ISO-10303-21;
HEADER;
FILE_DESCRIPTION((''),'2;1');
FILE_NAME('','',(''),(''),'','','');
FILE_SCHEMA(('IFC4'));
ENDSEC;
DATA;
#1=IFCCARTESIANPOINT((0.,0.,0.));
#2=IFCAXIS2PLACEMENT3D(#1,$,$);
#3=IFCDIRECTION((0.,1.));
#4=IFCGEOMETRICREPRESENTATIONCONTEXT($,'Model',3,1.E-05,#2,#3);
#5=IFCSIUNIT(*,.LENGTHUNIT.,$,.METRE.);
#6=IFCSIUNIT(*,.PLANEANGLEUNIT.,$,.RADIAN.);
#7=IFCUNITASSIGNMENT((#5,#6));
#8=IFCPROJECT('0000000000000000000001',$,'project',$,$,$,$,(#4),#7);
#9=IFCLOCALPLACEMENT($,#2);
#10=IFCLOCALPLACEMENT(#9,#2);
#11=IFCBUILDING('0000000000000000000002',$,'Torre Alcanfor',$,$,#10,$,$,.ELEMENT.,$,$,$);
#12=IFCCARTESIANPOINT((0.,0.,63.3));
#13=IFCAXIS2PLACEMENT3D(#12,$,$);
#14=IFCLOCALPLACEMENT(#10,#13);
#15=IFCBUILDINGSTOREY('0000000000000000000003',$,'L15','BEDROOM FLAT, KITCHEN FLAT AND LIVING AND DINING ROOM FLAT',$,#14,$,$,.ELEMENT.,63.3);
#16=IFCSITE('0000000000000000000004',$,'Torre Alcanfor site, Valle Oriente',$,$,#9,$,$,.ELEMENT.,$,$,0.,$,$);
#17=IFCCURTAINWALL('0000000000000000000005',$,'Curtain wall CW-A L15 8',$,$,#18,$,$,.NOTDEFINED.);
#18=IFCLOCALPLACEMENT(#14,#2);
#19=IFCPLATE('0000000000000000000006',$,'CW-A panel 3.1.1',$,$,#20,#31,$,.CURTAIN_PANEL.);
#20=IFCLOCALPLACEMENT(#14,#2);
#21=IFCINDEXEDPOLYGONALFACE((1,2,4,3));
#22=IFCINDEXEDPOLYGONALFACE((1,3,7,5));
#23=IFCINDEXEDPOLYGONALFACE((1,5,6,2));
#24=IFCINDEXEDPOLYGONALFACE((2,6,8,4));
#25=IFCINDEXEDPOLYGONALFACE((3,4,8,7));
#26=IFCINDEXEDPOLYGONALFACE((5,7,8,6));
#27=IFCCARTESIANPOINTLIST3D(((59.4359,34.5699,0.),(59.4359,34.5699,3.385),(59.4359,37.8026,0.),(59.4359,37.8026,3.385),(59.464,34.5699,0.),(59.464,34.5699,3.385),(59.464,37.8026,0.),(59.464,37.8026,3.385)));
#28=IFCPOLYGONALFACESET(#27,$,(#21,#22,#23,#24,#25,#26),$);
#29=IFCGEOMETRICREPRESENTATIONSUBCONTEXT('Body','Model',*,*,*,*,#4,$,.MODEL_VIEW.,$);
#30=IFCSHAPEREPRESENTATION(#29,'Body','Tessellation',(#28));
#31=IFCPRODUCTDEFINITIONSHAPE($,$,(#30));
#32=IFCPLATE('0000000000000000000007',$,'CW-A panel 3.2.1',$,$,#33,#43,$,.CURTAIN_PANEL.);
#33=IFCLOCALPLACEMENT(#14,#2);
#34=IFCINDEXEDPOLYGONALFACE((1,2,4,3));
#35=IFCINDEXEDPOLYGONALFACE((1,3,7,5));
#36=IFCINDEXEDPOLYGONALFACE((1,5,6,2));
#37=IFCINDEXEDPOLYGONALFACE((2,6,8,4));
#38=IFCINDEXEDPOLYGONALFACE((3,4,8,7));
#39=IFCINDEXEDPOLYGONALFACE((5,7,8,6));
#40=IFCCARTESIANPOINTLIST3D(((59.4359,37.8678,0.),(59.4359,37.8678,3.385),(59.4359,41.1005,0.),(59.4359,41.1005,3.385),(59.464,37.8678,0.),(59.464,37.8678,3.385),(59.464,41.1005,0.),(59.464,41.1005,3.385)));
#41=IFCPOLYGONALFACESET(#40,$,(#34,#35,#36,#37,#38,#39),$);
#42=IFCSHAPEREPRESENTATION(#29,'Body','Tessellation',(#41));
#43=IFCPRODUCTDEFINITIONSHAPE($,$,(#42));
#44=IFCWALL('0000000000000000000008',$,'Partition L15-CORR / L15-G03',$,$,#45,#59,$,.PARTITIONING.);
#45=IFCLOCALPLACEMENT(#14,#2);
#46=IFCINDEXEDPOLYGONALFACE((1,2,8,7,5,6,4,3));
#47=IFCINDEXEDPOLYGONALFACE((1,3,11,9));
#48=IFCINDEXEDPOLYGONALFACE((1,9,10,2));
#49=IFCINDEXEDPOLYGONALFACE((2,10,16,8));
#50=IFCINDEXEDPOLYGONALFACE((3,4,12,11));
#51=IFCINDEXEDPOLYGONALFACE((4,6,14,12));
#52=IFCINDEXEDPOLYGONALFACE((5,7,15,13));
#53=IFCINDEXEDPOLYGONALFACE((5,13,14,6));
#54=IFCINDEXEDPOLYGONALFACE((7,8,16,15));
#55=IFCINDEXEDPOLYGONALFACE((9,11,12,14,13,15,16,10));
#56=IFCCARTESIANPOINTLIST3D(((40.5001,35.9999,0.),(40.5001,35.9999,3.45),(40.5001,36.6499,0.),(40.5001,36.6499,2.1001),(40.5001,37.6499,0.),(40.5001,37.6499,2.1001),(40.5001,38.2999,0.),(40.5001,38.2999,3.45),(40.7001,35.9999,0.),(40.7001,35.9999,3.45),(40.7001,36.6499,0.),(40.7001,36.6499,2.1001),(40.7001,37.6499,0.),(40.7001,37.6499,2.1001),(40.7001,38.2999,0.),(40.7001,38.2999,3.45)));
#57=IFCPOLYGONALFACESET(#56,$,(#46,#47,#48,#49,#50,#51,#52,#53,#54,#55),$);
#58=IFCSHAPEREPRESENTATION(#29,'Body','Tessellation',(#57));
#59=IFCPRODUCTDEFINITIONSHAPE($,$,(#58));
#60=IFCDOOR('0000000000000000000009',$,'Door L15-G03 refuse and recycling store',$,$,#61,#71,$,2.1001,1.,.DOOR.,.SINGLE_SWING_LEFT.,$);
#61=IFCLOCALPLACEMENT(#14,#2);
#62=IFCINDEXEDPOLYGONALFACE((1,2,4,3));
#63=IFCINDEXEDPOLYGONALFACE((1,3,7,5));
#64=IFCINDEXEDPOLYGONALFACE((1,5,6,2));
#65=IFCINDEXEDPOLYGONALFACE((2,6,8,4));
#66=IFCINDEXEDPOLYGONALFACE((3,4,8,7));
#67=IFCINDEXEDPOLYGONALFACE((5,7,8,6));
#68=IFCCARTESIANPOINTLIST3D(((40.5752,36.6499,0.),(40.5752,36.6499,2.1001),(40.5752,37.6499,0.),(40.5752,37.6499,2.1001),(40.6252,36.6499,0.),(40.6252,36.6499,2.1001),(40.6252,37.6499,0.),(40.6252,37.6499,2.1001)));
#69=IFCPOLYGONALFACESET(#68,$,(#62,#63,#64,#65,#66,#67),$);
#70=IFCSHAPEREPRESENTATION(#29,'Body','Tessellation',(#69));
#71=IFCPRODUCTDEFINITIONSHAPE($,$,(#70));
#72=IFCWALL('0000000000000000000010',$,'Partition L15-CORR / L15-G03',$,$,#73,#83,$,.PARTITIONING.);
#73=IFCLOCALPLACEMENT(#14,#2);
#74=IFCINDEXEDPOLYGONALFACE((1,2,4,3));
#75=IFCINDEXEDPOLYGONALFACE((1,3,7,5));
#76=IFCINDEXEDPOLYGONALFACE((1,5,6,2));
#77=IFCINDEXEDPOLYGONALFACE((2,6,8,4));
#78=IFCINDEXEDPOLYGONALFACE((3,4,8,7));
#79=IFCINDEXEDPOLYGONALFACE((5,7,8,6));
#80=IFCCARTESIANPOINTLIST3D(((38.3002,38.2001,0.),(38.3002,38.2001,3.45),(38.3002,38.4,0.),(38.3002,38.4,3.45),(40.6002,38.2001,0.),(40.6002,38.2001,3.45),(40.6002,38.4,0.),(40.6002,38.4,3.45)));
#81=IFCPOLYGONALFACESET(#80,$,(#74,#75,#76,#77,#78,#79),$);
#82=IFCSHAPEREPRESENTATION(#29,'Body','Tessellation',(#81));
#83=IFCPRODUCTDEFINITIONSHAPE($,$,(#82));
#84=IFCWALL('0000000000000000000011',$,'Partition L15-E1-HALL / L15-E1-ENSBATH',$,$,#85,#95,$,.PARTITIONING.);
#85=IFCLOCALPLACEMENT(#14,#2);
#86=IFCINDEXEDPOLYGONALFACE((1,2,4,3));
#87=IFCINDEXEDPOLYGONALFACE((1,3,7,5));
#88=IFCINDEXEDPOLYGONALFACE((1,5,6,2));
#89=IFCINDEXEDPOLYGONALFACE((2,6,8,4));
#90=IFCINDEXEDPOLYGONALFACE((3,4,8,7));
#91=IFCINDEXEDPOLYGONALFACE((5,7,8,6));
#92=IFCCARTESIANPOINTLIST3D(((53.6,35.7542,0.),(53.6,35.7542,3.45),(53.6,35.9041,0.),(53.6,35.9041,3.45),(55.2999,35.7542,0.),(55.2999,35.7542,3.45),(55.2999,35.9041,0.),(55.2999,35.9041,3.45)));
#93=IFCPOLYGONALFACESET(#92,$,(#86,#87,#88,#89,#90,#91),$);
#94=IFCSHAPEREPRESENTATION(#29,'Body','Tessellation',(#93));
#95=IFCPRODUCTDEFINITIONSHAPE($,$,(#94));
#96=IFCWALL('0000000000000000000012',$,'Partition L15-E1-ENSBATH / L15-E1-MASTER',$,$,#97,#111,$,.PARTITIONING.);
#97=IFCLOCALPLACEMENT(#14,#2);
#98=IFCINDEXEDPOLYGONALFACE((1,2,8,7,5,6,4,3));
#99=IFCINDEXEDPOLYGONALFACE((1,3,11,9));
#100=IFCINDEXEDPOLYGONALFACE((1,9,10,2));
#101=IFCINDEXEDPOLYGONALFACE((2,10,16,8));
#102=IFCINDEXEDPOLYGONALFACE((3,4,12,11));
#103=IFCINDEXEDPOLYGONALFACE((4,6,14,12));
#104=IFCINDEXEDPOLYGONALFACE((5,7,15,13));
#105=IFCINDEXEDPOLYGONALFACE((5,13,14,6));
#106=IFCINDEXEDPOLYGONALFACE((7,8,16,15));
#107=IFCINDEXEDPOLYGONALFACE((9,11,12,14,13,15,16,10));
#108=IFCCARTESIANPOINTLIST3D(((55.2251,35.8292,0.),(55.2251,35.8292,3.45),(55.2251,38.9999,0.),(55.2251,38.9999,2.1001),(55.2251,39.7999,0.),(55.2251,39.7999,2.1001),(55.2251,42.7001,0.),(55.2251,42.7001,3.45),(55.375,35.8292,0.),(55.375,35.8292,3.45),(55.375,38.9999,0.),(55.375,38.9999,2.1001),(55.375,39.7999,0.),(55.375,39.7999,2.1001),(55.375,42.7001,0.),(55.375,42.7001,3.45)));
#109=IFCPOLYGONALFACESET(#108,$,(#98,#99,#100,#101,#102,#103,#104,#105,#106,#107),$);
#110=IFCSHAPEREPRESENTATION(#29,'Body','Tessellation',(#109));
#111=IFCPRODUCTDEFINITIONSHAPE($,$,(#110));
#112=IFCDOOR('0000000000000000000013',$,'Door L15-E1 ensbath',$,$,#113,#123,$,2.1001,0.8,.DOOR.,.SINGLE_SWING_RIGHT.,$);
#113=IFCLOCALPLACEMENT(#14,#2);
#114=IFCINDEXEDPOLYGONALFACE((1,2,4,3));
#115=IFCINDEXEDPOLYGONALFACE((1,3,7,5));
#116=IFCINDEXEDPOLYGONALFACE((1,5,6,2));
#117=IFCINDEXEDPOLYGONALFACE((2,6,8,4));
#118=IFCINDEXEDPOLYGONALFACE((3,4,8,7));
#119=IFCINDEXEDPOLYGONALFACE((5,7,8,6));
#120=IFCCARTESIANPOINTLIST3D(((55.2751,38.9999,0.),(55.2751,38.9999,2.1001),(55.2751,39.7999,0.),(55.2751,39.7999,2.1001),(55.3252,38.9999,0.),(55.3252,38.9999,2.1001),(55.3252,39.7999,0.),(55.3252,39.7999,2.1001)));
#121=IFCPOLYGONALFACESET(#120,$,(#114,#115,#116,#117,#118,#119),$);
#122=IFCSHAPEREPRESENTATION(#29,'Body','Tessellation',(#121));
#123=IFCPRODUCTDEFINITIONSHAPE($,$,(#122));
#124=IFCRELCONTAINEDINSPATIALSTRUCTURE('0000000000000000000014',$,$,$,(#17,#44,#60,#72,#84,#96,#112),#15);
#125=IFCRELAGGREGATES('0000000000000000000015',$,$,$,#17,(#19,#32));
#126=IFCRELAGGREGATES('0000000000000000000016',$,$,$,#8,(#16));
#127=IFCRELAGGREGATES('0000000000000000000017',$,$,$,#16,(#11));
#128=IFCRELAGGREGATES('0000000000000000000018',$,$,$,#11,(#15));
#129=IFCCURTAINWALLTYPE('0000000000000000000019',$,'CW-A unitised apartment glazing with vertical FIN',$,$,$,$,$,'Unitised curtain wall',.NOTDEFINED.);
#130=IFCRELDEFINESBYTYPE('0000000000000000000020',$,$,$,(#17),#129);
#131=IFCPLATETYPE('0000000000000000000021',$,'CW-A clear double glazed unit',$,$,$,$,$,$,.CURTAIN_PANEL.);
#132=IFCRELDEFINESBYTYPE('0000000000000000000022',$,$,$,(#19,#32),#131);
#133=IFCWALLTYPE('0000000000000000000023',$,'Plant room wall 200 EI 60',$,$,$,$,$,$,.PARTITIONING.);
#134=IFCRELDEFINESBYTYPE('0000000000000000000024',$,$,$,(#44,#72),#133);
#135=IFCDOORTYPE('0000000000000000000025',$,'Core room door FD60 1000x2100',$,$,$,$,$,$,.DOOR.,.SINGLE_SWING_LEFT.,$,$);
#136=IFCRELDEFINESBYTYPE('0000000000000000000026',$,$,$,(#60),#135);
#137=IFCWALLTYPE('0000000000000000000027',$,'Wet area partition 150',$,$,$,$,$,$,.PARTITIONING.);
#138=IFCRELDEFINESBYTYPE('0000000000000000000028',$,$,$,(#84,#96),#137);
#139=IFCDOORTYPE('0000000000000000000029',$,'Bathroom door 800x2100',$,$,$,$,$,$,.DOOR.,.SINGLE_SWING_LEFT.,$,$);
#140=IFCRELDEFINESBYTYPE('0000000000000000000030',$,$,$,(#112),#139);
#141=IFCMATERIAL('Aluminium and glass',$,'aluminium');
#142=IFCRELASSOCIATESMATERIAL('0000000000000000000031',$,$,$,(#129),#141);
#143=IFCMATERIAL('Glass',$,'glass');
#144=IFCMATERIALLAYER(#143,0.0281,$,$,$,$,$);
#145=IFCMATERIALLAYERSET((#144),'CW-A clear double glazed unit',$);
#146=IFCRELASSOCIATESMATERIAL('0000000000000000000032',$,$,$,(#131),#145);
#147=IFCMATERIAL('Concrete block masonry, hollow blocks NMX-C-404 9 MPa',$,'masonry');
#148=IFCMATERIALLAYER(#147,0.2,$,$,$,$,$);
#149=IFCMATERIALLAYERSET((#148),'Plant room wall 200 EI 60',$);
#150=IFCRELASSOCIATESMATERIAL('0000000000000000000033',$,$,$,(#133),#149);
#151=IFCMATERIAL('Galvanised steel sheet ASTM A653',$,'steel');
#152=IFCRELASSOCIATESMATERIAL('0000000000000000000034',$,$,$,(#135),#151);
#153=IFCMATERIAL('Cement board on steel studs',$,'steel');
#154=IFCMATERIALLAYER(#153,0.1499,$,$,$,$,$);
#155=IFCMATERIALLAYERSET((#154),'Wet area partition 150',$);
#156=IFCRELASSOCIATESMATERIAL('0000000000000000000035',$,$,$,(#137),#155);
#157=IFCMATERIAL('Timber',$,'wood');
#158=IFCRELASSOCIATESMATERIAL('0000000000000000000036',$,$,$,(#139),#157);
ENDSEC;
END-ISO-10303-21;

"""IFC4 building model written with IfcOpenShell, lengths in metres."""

from ifc_helpers import new_model, si_unit, direction, frame, frame_2d, origin, origin_2d, place, context, subcontext, project, spatial, rectangle, extrude, material, layer, layer_set, type_object, element, fill, aggregate, save


model = new_model("IFC4")

# Units and contexts
model_context = context("Model", 3, precision=1e-05, world=origin(), true_north=direction((0.0, 1.0)))
body_context = subcontext(model_context, "Body", "Model", "MODEL_VIEW")
ifc_project = project(units=[si_unit("LENGTHUNIT", "METRE"), si_unit("PLANEANGLEUNIT", "RADIAN")], contexts=[model_context])

# Site, building, storey
site_placement = place(None, origin())
site = spatial("IfcSite", under=ifc_project, at=site_placement, Name="Torre Alcanfor site, Valle Oriente", CompositionType="ELEMENT", RefElevation=0.0)
building_placement = place(site_placement, origin())
building = spatial("IfcBuilding", under=site, at=building_placement, Name="Torre Alcanfor", CompositionType="ELEMENT")
storey_placement = place(building_placement, frame((0.0, 0.0, 63.3)))
storey = spatial("IfcBuildingStorey", under=building, at=storey_placement, Name="L15", Description="BEDROOM FLAT, KITCHEN FLAT AND LIVING AND DINING ROOM FLAT", CompositionType="ELEMENT", Elevation=63.3)

# Curtain wall
ifc_material_1 = material(Name="Aluminium and glass", Category="aluminium")
curtain_wall_type = type_object("IfcCurtainWallType", Name="CW-A unitised apartment glazing with vertical FIN", ElementType="Unitised curtain wall", PredefinedType="NOTDEFINED", material=ifc_material_1)
curtain_wall_placement = place(storey_placement, origin())
curtain_wall = element("IfcCurtainWall", 1, at=curtain_wall_placement, inside=storey, type_object=curtain_wall_type, Name="Curtain wall CW-A L15 8", PredefinedType="NOTDEFINED")

# Plates
ifc_material_2 = material(Name="Glass", Category="glass")
ifc_layer_1 = layer(ifc_material_2, 0.0281)
ifc_layer_set_1 = layer_set([ifc_layer_1], Name="CW-A clear double glazed unit")
plate_type = type_object("IfcPlateType", Name="CW-A clear double glazed unit", PredefinedType="CURTAIN_PANEL", material=ifc_layer_set_1)
plate_1_placement = place(storey_placement, frame((59.45, 36.1863, 0.0), z_axis=(0.0, 0.0, 1.0), x_axis=(0.0, 1.0, 0.0)))
plate_1 = element("IfcPlate", 2, at=plate_1_placement, type_object=plate_type, Name="CW-A panel 3.1.1", PredefinedType="CURTAIN_PANEL", context=body_context, shape_type="SweptSolid", body=[
    extrude(rectangle(XDim=3.2327, YDim=0.0281, at=origin_2d()), origin(), (0.0, 0.0, 1.0), 3.385),
])
plate_2_placement = place(storey_placement, frame((59.45, 39.4841, 0.0), z_axis=(0.0, 0.0, 1.0), x_axis=(0.0, 1.0, 0.0)))
plate_2 = element("IfcPlate", 3, at=plate_2_placement, type_object=plate_type, Name="CW-A panel 3.2.1", PredefinedType="CURTAIN_PANEL", context=body_context, shape_type="SweptSolid", body=[
    extrude(rectangle(XDim=3.2327, YDim=0.0281, at=origin_2d()), origin(), (0.0, 0.0, 1.0), 3.385),
])
aggregate(curtain_wall, [plate_1, plate_2])

# Wall, opening, door
ifc_material_3 = material(Name="Concrete block masonry, hollow blocks NMX-C-404 9 MPa", Category="masonry")
ifc_layer_2 = layer(ifc_material_3, 0.2)
ifc_layer_set_2 = layer_set([ifc_layer_2], Name="Plant room wall 200 EI 60")
wall_type_1 = type_object("IfcWallType", Name="Plant room wall 200 EI 60", PredefinedType="PARTITIONING", material=ifc_layer_set_2)
wall_1_placement = place(storey_placement, frame((40.6001, 36.0, 0.0), z_axis=(0.0, 0.0, 1.0), x_axis=(0.0, 1.0, 0.0)))
wall_1 = element("IfcWall", 4, at=wall_1_placement, inside=storey, type_object=wall_type_1, Name="Partition L15-CORR / L15-G03", PredefinedType="PARTITIONING", context=body_context, shape_type="SweptSolid", body=[
    extrude(rectangle(XDim=2.3, YDim=0.2, at=frame_2d((1.1499, 0.0))), origin(), (0.0, 0.0, 1.0), 3.45),
])
opening_1_placement = place(wall_1_placement, frame((0.6499, 0.0, 0.0)))
opening_1 = element("IfcOpeningElement", 5, at=opening_1_placement, cuts=wall_1, PredefinedType="OPENING", context=body_context, shape_type="SweptSolid", body=[
    extrude(rectangle(XDim=1.0, YDim=2.1001, at=frame_2d((0.5, 1.05))), frame((0.0, 0.1099, 0.0), z_axis=(0.0, -1.0, 0.0), x_axis=(1.0, 0.0, 0.0)), (0.0, 0.0, 1.0), 0.22),
])
ifc_material_4 = material(Name="Galvanised steel sheet ASTM A653", Category="steel")
door_type_1 = type_object("IfcDoorType", Name="Core room door FD60 1000x2100", OperationType="SINGLE_SWING_LEFT", PredefinedType="DOOR", material=ifc_material_4)
door_1_placement = place(opening_1_placement, origin())
door_1 = element("IfcDoor", 6, at=door_1_placement, inside=storey, type_object=door_type_1, Name="Door L15-G03 refuse and recycling store", OperationType="SINGLE_SWING_LEFT", OverallHeight=2.1001, OverallWidth=1.0, PredefinedType="DOOR", context=body_context, shape_type="SweptSolid", body=[
    extrude(rectangle(XDim=1.0, YDim=2.1001, at=frame_2d((0.5, 1.05))), frame((0.0, 0.0249, 0.0), z_axis=(0.0, -1.0, 0.0), x_axis=(1.0, 0.0, 0.0)), (0.0, 0.0, 1.0), 0.05),
])
fill(opening_1, door_1)

# Walls
wall_2_placement = place(storey_placement, frame((40.6001, 38.3, 0.0), z_axis=(0.0, 0.0, 1.0), x_axis=(-1.0, 0.0, 0.0)))
element("IfcWall", 7, at=wall_2_placement, inside=storey, type_object=wall_type_1, Name="Partition L15-CORR / L15-G03", PredefinedType="PARTITIONING", context=body_context, shape_type="SweptSolid", body=[
    extrude(rectangle(XDim=2.3, YDim=0.2, at=frame_2d((1.1499, 0.0))), origin(), (0.0, 0.0, 1.0), 3.45),
])
ifc_material_5 = material(Name="Cement board on steel studs", Category="steel")
ifc_layer_3 = layer(ifc_material_5, 0.1499)
ifc_layer_set_3 = layer_set([ifc_layer_3], Name="Wet area partition 150")
wall_type_2 = type_object("IfcWallType", Name="Wet area partition 150", PredefinedType="PARTITIONING", material=ifc_layer_set_3)
wall_3_placement = place(storey_placement, frame((55.3, 35.8291, 0.0), z_axis=(0.0, 0.0, 1.0), x_axis=(-1.0, 0.0, 0.0)))
element("IfcWall", 8, at=wall_3_placement, inside=storey, type_object=wall_type_2, Name="Partition L15-E1-HALL / L15-E1-ENSBATH", PredefinedType="PARTITIONING", context=body_context, shape_type="SweptSolid", body=[
    extrude(rectangle(XDim=1.7, YDim=0.1499, at=frame_2d((0.8501, 0.0))), origin(), (0.0, 0.0, 1.0), 3.45),
])

# Wall, opening, door
wall_4_placement = place(storey_placement, frame((55.3, 35.8291, 0.0), z_axis=(0.0, 0.0, 1.0), x_axis=(0.0, 1.0, 0.0)))
wall_4 = element("IfcWall", 9, at=wall_4_placement, inside=storey, type_object=wall_type_2, Name="Partition L15-E1-ENSBATH / L15-E1-MASTER", PredefinedType="PARTITIONING", context=body_context, shape_type="SweptSolid", body=[
    extrude(rectangle(XDim=6.8708, YDim=0.1499, at=frame_2d((3.4355, 0.0))), origin(), (0.0, 0.0, 1.0), 3.45),
])
opening_2_placement = place(wall_4_placement, frame((3.1709, 0.0, 0.0)))
opening_2 = element("IfcOpeningElement", 10, at=opening_2_placement, cuts=wall_4, PredefinedType="OPENING", context=body_context, shape_type="SweptSolid", body=[
    extrude(rectangle(XDim=0.8, YDim=2.1001, at=frame_2d((0.3999, 1.05))), frame((0.0, 0.085, 0.0), z_axis=(0.0, -1.0, 0.0), x_axis=(1.0, 0.0, 0.0)), (0.0, 0.0, 1.0), 0.1699),
])
ifc_material_6 = material(Name="Timber", Category="wood")
door_type_2 = type_object("IfcDoorType", Name="Bathroom door 800x2100", OperationType="SINGLE_SWING_LEFT", PredefinedType="DOOR", material=ifc_material_6)
door_2_placement = place(opening_2_placement, origin())
door_2 = element("IfcDoor", 11, at=door_2_placement, inside=storey, type_object=door_type_2, Name="Door L15-E1 ensbath", OperationType="SINGLE_SWING_RIGHT", OverallHeight=2.1001, OverallWidth=0.8, PredefinedType="DOOR", context=body_context, shape_type="SweptSolid", body=[
    extrude(rectangle(XDim=0.8, YDim=2.1001, at=frame_2d((0.3999, 1.05))), frame((0.0, 0.0249, 0.0), z_axis=(0.0, -1.0, 0.0), x_axis=(1.0, 0.0, 0.0)), (0.0, 0.0, 1.0), 0.05),
])
fill(opening_2, door_2)

save(model, "model.ifc")
